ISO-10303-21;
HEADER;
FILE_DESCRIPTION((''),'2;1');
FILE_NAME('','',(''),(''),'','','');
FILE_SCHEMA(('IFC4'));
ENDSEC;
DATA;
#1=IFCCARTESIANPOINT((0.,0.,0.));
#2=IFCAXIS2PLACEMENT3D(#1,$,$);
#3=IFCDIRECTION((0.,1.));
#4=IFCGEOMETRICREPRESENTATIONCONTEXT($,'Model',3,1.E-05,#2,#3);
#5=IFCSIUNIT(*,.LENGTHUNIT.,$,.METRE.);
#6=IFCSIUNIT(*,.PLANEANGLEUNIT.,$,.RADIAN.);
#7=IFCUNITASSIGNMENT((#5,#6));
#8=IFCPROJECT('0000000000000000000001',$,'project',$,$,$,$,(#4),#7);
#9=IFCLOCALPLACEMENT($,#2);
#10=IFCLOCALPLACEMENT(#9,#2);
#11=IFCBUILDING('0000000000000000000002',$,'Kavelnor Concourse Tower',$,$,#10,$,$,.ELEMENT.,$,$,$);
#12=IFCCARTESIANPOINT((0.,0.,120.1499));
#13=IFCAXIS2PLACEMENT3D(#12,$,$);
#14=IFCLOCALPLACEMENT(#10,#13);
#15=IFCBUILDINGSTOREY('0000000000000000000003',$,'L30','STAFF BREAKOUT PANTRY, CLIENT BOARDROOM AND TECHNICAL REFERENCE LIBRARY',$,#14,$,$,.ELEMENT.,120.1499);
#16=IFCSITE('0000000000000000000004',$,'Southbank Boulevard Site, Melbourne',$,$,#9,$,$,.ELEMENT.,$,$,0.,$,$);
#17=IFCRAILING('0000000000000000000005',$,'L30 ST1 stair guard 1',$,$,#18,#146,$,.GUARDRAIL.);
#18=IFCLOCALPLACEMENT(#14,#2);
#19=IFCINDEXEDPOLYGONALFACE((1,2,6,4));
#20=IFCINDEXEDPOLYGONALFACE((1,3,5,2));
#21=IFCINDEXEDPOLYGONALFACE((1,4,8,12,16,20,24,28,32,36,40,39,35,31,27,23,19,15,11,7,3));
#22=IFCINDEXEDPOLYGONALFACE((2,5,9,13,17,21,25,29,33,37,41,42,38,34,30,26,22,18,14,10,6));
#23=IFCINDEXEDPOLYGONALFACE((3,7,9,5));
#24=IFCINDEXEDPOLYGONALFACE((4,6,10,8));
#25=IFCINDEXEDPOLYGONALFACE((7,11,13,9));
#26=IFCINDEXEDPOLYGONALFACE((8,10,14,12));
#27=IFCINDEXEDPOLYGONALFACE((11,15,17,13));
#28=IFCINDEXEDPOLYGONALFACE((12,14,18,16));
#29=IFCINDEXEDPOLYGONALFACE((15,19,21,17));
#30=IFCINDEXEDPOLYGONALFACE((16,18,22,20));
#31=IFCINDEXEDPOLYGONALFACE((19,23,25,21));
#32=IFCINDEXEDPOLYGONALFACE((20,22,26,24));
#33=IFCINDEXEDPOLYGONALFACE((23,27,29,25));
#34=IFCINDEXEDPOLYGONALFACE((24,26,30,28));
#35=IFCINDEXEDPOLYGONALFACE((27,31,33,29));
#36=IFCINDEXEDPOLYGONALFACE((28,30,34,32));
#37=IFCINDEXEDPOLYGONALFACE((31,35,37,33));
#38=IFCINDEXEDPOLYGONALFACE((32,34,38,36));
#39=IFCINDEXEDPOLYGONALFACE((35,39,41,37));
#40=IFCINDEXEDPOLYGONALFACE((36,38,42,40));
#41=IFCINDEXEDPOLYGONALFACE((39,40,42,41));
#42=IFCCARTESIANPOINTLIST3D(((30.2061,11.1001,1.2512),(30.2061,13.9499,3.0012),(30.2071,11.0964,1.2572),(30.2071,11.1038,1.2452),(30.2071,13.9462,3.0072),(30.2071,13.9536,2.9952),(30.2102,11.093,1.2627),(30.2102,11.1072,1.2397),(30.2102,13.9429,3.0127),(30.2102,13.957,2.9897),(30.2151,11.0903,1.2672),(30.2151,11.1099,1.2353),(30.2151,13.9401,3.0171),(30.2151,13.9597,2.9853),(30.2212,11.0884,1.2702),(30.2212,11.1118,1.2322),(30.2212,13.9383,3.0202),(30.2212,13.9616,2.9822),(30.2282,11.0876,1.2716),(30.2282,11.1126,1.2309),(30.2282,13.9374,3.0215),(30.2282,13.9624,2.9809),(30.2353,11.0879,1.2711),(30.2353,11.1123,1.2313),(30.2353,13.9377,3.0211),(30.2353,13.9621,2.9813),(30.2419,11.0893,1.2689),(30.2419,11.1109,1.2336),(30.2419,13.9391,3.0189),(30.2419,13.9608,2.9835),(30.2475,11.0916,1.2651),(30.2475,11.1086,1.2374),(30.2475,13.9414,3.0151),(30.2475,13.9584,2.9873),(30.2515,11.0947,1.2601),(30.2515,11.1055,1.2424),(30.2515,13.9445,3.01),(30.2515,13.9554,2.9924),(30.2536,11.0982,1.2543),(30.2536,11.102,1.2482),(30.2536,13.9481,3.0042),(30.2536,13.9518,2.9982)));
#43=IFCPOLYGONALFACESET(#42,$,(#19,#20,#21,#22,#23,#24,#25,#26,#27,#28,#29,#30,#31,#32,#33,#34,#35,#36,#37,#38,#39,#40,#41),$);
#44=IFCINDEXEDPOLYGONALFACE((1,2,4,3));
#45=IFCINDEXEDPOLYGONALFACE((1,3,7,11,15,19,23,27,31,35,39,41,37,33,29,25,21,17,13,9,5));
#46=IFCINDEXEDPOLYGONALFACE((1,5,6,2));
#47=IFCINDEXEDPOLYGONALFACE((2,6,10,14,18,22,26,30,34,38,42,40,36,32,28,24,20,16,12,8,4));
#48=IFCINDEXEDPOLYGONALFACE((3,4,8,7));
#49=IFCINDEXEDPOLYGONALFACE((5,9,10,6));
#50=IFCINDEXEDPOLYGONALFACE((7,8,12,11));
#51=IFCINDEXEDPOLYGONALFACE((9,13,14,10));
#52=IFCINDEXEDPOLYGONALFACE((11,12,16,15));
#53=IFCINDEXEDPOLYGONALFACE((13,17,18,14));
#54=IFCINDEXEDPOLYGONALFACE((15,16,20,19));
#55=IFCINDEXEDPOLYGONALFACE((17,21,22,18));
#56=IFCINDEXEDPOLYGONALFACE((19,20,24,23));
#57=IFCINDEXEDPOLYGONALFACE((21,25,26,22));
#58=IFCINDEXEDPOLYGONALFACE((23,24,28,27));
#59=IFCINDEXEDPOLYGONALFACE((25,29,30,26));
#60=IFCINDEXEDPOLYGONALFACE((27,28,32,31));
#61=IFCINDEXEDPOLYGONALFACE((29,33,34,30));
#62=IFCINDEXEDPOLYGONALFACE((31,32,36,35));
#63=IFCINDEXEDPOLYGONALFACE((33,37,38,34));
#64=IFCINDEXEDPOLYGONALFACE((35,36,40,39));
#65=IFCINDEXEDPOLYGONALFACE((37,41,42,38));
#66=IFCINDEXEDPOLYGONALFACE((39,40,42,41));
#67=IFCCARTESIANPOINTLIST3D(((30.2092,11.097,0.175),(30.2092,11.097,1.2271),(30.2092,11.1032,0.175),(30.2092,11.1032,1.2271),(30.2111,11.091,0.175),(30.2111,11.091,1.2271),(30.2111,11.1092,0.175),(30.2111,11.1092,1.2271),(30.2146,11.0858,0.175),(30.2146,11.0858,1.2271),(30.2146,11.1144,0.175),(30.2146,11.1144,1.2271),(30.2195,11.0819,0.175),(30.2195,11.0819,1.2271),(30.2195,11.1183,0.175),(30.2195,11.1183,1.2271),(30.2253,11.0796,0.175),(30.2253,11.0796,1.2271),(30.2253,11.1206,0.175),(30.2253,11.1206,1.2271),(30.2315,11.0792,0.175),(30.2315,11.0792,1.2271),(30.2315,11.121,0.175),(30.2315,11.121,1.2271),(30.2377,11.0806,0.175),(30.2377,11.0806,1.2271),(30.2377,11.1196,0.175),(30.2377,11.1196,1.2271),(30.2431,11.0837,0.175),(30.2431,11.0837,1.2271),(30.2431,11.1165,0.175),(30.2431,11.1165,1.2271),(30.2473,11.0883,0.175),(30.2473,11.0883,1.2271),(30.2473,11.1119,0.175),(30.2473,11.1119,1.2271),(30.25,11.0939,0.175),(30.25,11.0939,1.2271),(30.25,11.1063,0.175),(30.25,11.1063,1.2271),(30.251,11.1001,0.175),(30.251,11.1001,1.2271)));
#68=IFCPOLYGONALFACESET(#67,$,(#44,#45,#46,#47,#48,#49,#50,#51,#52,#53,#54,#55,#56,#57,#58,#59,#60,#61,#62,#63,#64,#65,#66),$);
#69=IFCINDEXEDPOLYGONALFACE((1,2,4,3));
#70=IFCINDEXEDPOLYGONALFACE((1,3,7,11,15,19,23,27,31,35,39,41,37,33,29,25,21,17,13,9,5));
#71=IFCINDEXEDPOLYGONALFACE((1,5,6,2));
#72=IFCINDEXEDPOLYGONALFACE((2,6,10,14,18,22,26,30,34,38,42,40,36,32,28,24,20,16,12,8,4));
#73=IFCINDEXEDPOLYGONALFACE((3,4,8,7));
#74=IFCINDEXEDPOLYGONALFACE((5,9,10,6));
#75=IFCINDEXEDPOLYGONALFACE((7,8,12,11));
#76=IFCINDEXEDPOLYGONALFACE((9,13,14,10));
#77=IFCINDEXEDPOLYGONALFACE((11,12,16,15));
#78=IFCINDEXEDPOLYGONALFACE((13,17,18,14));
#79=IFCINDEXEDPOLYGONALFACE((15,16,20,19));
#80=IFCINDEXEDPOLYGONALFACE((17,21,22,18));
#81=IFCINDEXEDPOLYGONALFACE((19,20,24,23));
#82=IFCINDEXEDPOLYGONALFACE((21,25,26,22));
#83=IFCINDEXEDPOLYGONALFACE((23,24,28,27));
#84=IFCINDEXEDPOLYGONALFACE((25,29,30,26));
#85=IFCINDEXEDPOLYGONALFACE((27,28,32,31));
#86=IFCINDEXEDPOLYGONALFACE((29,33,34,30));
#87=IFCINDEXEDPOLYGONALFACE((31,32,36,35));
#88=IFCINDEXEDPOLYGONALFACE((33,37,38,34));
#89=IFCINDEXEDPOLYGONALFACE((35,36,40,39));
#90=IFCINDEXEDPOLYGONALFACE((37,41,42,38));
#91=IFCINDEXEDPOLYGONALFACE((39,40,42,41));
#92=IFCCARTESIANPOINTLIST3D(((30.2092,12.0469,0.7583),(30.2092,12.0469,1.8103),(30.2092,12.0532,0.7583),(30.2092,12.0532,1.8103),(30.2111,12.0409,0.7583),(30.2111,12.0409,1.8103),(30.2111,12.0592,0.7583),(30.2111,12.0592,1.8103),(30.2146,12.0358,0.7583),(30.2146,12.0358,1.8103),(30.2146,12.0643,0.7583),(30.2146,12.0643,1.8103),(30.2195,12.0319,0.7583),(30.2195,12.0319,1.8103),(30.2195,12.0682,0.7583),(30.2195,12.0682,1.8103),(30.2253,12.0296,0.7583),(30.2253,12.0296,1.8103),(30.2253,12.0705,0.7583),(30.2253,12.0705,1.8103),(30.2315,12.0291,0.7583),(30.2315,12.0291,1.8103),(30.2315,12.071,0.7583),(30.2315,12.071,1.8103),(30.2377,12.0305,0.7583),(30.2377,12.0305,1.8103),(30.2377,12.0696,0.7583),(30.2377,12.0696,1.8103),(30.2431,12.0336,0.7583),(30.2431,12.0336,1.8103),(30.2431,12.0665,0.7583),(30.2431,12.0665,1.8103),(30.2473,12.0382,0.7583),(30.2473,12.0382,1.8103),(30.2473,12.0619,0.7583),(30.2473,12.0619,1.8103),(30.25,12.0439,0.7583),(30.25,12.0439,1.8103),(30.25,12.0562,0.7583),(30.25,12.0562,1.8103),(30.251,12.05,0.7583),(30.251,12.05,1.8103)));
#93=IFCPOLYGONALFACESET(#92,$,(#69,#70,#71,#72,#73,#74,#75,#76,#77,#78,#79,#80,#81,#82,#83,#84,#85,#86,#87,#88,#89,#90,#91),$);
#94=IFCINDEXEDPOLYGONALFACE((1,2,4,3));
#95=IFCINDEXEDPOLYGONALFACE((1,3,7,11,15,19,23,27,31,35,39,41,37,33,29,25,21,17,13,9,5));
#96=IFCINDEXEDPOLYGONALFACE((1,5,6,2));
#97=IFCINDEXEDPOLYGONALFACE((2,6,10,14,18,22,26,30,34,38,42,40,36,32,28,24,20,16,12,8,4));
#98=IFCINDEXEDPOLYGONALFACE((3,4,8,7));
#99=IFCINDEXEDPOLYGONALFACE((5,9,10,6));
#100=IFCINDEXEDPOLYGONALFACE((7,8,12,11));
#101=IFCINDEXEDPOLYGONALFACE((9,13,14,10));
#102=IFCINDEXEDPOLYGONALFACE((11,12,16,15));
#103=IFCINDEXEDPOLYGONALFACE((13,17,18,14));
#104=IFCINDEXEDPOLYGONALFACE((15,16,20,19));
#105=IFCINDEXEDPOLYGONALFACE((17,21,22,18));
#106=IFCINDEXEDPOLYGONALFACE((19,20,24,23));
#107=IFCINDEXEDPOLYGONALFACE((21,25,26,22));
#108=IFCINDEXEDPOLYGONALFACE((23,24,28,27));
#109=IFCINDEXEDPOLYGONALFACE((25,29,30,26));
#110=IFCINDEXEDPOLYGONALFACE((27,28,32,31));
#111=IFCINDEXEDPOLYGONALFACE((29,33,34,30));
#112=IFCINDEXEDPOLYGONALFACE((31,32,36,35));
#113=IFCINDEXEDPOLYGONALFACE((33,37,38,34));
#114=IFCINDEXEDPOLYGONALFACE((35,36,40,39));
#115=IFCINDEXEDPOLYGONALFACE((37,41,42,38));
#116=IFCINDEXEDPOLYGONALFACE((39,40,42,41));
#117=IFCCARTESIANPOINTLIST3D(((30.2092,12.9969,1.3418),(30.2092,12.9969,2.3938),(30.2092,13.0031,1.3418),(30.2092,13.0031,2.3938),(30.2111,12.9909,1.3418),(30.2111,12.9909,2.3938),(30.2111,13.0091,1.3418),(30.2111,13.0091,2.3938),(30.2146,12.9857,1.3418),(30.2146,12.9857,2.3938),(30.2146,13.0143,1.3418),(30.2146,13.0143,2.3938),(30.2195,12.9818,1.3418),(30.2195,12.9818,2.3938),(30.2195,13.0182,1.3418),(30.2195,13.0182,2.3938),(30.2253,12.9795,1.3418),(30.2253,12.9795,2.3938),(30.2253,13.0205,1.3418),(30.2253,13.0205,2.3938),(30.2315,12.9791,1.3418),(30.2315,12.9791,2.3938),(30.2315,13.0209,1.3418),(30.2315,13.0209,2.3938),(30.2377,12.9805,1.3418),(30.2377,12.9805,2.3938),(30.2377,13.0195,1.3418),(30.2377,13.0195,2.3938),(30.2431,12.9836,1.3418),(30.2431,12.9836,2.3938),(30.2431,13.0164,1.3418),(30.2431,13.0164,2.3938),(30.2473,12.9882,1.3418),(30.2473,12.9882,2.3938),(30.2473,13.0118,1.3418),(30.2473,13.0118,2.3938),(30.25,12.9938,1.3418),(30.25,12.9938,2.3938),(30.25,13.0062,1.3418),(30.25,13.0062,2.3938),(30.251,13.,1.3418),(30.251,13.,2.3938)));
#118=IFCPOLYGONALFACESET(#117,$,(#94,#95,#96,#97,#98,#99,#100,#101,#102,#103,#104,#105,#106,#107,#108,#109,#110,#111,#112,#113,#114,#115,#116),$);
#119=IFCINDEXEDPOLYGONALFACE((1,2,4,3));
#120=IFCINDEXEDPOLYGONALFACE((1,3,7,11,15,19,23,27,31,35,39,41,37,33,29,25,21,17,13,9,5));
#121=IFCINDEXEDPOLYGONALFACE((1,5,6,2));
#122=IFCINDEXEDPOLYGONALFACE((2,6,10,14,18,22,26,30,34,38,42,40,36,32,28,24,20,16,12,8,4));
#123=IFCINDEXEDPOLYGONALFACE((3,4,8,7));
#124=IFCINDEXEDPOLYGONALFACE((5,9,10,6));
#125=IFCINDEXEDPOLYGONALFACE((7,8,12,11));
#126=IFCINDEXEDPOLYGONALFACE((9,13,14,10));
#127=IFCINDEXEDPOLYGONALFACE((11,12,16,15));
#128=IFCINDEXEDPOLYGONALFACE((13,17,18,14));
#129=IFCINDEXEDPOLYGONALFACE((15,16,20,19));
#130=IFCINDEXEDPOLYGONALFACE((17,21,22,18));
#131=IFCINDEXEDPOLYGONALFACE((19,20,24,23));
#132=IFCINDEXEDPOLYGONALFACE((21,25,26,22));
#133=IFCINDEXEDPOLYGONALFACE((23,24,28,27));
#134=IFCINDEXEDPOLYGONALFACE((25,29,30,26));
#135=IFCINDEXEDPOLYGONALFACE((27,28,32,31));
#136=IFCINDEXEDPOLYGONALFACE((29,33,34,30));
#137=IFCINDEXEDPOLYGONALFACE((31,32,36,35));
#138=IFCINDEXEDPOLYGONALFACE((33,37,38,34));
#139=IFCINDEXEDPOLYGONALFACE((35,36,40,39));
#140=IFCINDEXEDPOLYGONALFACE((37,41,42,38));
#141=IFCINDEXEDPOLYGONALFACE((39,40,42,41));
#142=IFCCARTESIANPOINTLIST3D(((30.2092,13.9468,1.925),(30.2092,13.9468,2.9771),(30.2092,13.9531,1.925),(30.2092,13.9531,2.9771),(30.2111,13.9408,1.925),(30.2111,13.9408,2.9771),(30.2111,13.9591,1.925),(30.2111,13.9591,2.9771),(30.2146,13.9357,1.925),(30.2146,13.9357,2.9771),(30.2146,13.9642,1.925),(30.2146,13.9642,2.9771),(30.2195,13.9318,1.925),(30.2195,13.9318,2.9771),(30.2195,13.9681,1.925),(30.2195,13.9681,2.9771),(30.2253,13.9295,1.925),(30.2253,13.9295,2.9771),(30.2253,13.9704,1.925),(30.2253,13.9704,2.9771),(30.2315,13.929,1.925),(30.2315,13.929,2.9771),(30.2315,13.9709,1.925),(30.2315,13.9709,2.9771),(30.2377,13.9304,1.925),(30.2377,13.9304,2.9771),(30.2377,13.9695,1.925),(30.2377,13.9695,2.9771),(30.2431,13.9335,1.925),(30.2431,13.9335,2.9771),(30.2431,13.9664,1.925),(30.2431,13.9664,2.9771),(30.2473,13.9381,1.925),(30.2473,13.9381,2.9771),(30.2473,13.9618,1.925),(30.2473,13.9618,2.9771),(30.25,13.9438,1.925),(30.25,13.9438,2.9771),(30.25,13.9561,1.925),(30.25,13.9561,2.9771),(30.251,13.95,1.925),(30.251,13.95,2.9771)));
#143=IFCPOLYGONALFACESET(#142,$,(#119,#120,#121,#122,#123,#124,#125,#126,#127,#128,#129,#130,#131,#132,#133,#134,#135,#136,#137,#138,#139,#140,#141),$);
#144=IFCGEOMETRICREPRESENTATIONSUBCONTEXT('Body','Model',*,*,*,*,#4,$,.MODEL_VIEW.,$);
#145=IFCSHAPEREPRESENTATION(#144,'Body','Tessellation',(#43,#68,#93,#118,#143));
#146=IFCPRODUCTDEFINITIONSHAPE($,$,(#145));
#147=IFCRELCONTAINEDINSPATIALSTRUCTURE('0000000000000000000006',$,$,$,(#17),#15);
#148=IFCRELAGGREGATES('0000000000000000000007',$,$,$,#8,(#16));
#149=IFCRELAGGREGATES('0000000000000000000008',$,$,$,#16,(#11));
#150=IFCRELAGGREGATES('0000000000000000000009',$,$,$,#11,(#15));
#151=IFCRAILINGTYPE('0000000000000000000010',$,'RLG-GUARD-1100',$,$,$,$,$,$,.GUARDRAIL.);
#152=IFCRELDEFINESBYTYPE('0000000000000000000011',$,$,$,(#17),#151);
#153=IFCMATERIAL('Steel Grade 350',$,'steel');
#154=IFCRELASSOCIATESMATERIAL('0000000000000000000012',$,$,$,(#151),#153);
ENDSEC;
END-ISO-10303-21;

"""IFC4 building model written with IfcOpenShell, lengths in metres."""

from ifc_helpers import new_model, si_unit, direction, frame, origin, origin_2d, place, context, subcontext, project, spatial, circle, extrude, material, type_object, element, save


model = new_model("IFC4")

# Units and contexts
model_context = context("Model", 3, precision=1e-05, world=origin(), true_north=direction((0.0, 1.0)))
body_context = subcontext(model_context, "Body", "Model", "MODEL_VIEW")
ifc_project = project(units=[si_unit("LENGTHUNIT", "METRE"), si_unit("PLANEANGLEUNIT", "RADIAN")], contexts=[model_context])

# Site, building, storey
site_placement = place(None, origin())
site = spatial("IfcSite", under=ifc_project, at=site_placement, Name="Southbank Boulevard Site, Melbourne", CompositionType="ELEMENT", RefElevation=0.0)
building_placement = place(site_placement, origin())
building = spatial("IfcBuilding", under=site, at=building_placement, Name="Kavelnor Concourse Tower", CompositionType="ELEMENT")
storey_placement = place(building_placement, frame((0.0, 0.0, 120.1499)))
storey = spatial("IfcBuildingStorey", under=building, at=storey_placement, Name="L30", Description="STAFF BREAKOUT PANTRY, CLIENT BOARDROOM AND TECHNICAL REFERENCE LIBRARY", CompositionType="ELEMENT", Elevation=120.1499)

# Shared definitions
ifc_material_1 = material(Name="Steel Grade 350", Category="steel")

# Railing
railing_type_1 = type_object("IfcRailingType", Name="RLG-GUARD-1100", PredefinedType="GUARDRAIL", material=ifc_material_1)
railing_1_placement = place(storey_placement, frame((30.23, 11.1001, 0.175)))
element("IfcRailing", 1, at=railing_1_placement, inside=storey, type_object=railing_type_1, Name="L30 ST1 stair guard 1", PredefinedType="GUARDRAIL", context=body_context, shape_type="SweptSolid", body=[
    extrude(circle(Radius=0.0239, at=origin_2d()), frame((0.0, 0.0, 1.0762), z_axis=(0.0, 0.852159, 0.523283), x_axis=(-1.0, 0.0, 0.0)), (0.0, 0.0, 1.0), 3.3442),
    extrude(circle(Radius=0.021, at=origin_2d()), origin(), (0.0, 0.0, 1.0), 1.052),
    extrude(circle(Radius=0.021, at=origin_2d()), frame((0.0, 0.95, 0.5833)), (0.0, 0.0, 1.0), 1.052),
    extrude(circle(Radius=0.021, at=origin_2d()), frame((0.0, 1.8999, 1.1667)), (0.0, 0.0, 1.0), 1.052),
    extrude(circle(Radius=0.021, at=origin_2d()), frame((0.0, 2.8499, 1.75)), (0.0, 0.0, 1.0), 1.052),
])

save(model, "model.ifc")
